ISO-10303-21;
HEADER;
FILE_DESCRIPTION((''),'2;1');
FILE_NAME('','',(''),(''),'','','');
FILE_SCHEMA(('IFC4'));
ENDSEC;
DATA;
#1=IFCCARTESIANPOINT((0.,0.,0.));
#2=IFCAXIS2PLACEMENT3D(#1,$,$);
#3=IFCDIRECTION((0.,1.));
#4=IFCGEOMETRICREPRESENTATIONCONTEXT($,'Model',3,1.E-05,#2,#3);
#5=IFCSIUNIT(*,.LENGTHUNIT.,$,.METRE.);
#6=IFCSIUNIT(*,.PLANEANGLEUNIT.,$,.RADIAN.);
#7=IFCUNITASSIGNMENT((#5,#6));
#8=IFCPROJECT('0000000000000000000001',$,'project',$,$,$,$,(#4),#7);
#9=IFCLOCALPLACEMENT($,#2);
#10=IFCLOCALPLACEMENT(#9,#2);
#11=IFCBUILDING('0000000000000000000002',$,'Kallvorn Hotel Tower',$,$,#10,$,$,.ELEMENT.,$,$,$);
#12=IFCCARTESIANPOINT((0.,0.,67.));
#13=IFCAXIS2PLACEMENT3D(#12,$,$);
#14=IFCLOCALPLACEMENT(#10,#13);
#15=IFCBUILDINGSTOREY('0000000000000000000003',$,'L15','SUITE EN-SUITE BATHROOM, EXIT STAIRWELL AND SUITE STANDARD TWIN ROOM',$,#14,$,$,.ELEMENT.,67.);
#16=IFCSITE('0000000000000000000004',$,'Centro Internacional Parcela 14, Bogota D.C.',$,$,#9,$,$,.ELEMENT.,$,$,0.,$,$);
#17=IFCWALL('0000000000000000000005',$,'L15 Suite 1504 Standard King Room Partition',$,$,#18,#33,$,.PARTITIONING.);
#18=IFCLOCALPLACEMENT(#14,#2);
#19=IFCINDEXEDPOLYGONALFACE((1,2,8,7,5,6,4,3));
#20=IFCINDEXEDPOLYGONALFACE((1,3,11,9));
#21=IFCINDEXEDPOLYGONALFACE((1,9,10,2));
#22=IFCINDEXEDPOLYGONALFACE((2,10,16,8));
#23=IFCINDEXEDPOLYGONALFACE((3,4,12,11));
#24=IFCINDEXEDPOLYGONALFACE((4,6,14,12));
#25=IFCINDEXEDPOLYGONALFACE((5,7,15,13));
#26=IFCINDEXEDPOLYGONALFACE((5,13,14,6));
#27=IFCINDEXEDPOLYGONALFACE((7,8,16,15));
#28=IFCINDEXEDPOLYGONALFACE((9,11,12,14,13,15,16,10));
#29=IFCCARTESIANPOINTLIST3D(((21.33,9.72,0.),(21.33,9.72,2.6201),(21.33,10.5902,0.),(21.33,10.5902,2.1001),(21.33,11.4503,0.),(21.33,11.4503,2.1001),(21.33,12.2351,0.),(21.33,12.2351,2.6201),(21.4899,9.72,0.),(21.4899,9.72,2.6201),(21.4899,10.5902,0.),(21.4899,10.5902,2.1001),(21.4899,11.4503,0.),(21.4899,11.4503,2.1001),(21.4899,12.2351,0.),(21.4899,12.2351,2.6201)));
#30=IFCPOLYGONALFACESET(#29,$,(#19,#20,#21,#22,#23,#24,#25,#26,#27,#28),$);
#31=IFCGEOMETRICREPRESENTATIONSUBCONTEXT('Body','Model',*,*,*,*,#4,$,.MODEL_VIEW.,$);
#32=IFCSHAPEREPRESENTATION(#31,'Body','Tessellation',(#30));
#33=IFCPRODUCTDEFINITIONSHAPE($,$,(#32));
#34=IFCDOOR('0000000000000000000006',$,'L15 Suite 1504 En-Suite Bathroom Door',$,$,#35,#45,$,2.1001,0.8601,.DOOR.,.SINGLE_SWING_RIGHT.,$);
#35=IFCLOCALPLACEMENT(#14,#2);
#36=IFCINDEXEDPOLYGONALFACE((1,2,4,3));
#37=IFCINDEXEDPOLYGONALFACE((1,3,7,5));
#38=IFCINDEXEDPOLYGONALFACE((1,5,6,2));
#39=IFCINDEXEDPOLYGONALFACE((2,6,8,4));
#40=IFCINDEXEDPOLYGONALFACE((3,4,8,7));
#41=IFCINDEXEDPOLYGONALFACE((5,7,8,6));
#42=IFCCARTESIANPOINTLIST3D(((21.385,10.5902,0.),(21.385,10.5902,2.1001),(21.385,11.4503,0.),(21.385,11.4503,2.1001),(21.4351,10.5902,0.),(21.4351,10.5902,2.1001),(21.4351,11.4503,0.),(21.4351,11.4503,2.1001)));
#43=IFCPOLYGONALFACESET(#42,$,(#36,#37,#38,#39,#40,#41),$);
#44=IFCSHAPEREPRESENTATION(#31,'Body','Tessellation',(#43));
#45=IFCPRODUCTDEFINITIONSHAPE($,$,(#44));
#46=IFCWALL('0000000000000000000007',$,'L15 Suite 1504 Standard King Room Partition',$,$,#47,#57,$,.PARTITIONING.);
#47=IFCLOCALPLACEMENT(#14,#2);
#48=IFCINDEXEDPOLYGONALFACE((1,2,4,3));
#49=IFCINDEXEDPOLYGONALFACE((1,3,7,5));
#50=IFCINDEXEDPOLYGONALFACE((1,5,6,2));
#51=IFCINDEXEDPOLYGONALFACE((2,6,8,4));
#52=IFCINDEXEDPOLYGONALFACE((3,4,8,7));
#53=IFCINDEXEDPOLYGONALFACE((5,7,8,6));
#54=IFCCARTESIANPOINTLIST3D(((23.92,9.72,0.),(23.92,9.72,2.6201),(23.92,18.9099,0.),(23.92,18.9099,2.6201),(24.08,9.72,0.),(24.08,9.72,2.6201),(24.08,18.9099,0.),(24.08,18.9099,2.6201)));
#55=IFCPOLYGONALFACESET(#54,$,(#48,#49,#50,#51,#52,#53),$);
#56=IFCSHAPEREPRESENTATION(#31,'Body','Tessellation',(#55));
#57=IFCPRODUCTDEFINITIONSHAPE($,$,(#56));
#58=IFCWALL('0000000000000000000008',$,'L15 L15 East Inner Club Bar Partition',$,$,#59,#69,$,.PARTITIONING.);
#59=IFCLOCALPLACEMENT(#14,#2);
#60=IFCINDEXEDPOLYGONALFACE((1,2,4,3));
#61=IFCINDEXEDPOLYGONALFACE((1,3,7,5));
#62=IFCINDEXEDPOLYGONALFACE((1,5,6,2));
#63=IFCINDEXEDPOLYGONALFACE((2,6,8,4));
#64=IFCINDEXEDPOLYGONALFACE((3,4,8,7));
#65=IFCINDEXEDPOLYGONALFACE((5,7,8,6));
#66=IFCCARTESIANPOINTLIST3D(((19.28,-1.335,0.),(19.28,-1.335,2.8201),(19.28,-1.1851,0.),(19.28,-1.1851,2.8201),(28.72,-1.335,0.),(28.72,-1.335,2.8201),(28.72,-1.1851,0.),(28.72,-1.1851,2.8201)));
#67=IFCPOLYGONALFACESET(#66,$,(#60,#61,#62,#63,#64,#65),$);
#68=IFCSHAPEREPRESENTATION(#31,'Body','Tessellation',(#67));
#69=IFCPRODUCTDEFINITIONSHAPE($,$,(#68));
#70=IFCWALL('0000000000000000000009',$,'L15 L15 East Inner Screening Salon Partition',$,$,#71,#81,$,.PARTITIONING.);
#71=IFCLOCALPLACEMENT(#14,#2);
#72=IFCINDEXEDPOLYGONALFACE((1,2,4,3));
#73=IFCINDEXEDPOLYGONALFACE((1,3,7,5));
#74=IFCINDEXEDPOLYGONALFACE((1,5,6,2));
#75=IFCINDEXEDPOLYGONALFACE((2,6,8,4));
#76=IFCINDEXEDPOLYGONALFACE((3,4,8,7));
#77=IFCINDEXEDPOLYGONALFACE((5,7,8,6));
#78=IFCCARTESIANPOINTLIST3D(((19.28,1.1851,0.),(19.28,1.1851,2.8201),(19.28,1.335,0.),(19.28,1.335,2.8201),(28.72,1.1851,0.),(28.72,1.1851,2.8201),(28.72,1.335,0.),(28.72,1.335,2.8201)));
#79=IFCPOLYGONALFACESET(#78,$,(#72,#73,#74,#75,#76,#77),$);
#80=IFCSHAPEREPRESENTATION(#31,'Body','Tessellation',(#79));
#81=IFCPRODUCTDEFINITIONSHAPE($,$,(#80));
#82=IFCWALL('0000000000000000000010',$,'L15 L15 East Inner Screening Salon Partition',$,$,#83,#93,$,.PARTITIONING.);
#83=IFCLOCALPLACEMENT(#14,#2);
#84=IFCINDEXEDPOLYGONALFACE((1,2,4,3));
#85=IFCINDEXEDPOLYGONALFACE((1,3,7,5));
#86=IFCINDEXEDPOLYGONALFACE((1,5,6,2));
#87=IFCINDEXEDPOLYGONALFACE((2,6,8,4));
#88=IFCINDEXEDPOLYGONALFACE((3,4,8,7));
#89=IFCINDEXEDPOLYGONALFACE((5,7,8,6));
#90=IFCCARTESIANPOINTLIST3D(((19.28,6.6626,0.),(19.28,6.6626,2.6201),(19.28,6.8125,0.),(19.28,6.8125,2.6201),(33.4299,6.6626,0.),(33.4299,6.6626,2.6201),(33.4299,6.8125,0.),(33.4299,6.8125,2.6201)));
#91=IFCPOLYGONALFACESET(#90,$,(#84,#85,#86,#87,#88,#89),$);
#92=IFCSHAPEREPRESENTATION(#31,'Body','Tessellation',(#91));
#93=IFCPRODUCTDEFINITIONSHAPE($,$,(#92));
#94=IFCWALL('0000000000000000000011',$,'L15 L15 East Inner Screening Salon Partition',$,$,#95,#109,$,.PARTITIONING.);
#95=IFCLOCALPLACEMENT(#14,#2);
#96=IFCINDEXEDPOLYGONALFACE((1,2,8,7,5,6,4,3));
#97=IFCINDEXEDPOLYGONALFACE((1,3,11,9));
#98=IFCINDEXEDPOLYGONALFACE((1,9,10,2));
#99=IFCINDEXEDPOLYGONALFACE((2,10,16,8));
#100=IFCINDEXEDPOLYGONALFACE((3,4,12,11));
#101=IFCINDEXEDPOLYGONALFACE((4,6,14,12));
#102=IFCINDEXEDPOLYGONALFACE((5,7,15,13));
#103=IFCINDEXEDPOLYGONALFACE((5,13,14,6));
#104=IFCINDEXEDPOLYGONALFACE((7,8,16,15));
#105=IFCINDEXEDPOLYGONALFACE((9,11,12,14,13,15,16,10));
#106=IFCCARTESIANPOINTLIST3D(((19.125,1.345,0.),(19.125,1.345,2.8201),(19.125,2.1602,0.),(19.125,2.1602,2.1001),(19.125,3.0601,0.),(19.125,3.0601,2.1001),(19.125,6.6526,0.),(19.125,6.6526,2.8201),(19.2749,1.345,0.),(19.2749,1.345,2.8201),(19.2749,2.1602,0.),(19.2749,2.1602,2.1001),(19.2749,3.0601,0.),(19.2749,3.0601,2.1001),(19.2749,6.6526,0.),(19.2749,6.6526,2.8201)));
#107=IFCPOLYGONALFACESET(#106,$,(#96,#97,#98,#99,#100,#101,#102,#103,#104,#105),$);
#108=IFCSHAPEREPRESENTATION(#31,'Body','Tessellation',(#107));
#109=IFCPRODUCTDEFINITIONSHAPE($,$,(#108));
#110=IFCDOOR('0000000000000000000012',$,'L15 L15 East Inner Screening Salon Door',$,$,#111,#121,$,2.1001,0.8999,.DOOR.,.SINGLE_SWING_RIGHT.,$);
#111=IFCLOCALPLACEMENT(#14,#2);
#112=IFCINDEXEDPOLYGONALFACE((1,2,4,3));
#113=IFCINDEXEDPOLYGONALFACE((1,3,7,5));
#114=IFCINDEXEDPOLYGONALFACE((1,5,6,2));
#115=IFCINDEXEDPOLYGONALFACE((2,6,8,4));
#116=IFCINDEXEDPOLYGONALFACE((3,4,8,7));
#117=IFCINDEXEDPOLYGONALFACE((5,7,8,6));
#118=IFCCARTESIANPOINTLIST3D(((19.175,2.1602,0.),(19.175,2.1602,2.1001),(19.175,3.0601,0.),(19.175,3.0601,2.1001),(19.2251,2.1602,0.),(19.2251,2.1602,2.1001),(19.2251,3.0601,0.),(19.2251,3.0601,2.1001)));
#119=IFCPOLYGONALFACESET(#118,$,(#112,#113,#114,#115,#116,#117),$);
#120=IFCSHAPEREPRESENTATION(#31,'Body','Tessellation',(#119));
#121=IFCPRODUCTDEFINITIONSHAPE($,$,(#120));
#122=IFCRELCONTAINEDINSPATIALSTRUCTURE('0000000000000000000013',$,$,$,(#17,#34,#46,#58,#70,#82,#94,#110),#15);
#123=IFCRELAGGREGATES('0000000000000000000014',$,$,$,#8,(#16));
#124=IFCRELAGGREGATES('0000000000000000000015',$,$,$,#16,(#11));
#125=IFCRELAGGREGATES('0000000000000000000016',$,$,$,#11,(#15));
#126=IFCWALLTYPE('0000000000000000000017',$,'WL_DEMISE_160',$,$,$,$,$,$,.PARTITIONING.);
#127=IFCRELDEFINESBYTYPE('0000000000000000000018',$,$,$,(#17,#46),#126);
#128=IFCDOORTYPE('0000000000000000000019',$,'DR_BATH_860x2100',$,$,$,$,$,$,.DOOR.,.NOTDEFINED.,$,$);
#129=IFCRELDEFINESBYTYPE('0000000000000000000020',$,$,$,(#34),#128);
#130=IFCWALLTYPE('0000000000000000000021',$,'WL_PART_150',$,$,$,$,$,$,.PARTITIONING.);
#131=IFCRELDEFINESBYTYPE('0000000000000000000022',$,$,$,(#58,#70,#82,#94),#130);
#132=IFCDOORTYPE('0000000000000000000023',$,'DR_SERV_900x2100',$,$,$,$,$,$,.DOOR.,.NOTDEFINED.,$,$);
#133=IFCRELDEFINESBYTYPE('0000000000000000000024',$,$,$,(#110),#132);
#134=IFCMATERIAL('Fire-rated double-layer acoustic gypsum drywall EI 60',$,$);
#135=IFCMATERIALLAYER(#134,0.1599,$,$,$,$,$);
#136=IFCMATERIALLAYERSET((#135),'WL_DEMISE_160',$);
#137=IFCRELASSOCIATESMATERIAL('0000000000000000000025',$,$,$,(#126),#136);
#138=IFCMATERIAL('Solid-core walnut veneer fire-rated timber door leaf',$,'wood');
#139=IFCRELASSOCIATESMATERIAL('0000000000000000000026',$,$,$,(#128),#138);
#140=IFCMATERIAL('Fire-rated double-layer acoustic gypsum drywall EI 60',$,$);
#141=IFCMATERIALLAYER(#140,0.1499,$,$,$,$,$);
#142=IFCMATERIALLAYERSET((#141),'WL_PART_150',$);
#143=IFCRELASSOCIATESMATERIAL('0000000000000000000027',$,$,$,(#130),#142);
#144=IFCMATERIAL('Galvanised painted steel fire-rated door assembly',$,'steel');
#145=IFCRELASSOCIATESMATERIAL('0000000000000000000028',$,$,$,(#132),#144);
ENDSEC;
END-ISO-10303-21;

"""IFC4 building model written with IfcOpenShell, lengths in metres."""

from ifc_helpers import new_model, si_unit, direction, frame, frame_2d, origin, place, context, subcontext, project, spatial, rectangle, extrude, material, layer, layer_set, type_object, element, fill, save


model = new_model("IFC4")

# Units and contexts
model_context = context("Model", 3, precision=1e-05, world=origin(), true_north=direction((0.0, 1.0)))
body_context = subcontext(model_context, "Body", "Model", "MODEL_VIEW")
ifc_project = project(units=[si_unit("LENGTHUNIT", "METRE"), si_unit("PLANEANGLEUNIT", "RADIAN")], contexts=[model_context])

# Site, building, storey
site_placement = place(None, origin())
site = spatial("IfcSite", under=ifc_project, at=site_placement, Name="Centro Internacional Parcela 14, Bogota D.C.", CompositionType="ELEMENT", RefElevation=0.0)
building_placement = place(site_placement, origin())
building = spatial("IfcBuilding", under=site, at=building_placement, Name="Kallvorn Hotel Tower", CompositionType="ELEMENT")
storey_placement = place(building_placement, frame((0.0, 0.0, 67.0)))
storey = spatial("IfcBuildingStorey", under=building, at=storey_placement, Name="L15", Description="SUITE EN-SUITE BATHROOM, EXIT STAIRWELL AND SUITE STANDARD TWIN ROOM", CompositionType="ELEMENT", Elevation=67.0)

# Shared definitions
ifc_material_1 = material(Name="Fire-rated double-layer acoustic gypsum drywall EI 60")
ifc_layer_1 = layer(ifc_material_1, 0.1599)
ifc_layer_set_1 = layer_set([ifc_layer_1], Name="WL_DEMISE_160")
wall_type_1 = type_object("IfcWallType", Name="WL_DEMISE_160", PredefinedType="PARTITIONING", material=ifc_layer_set_1)

# Wall, opening, door
wall_1_placement = place(storey_placement, frame((21.4099, 9.72, 0.0), z_axis=(0.0, 0.0, 1.0), x_axis=(0.0, 1.0, 0.0)))
wall_1 = element("IfcWall", 1, at=wall_1_placement, inside=storey, type_object=wall_type_1, Name="L15 Suite 1504 Standard King Room Partition", PredefinedType="PARTITIONING", context=body_context, shape_type="SweptSolid", body=[
    extrude(rectangle(XDim=2.5151, YDim=0.1599, at=frame_2d((1.2576, 0.0))), origin(), (0.0, 0.0, 1.0), 2.6201),
])
opening_1_placement = place(wall_1_placement, frame((0.8701, 0.0, 0.0)))
opening_1 = element("IfcOpeningElement", 2, at=opening_1_placement, cuts=wall_1, PredefinedType="OPENING", context=body_context, shape_type="SweptSolid", body=[
    extrude(rectangle(XDim=0.8601, YDim=2.1001, at=frame_2d((0.4302, 1.05))), frame((0.0, 0.095, 0.0), z_axis=(0.0, -1.0, 0.0), x_axis=(1.0, 0.0, 0.0)), (0.0, 0.0, 1.0), 0.1899),
])
ifc_material_2 = material(Name="Solid-core walnut veneer fire-rated timber door leaf", Category="wood")
door_type_1 = type_object("IfcDoorType", Name="DR_BATH_860x2100", OperationType="NOTDEFINED", PredefinedType="DOOR", material=ifc_material_2)
door_1_placement = place(opening_1_placement, origin())
door_1 = element("IfcDoor", 3, at=door_1_placement, inside=storey, type_object=door_type_1, Name="L15 Suite 1504 En-Suite Bathroom Door", OperationType="SINGLE_SWING_RIGHT", OverallHeight=2.1001, OverallWidth=0.8601, PredefinedType="DOOR", context=body_context, shape_type="SweptSolid", body=[
    extrude(rectangle(XDim=0.8601, YDim=2.1001, at=frame_2d((0.4302, 1.05))), frame((0.0, 0.0249, 0.0), z_axis=(0.0, -1.0, 0.0), x_axis=(1.0, 0.0, 0.0)), (0.0, 0.0, 1.0), 0.05),
])
fill(opening_1, door_1)

# Walls
wall_2_placement = place(storey_placement, frame((24.0, 9.72, 0.0), z_axis=(0.0, 0.0, 1.0), x_axis=(0.0, 1.0, 0.0)))
element("IfcWall", 4, at=wall_2_placement, inside=storey, type_object=wall_type_1, Name="L15 Suite 1504 Standard King Room Partition", PredefinedType="PARTITIONING", context=body_context, shape_type="SweptSolid", body=[
    extrude(rectangle(XDim=9.1899, YDim=0.1599, at=frame_2d((4.595, 0.0))), origin(), (0.0, 0.0, 1.0), 2.6201),
])
ifc_material_3 = material(Name="Fire-rated double-layer acoustic gypsum drywall EI 60")
ifc_layer_2 = layer(ifc_material_3, 0.1499)
ifc_layer_set_2 = layer_set([ifc_layer_2], Name="WL_PART_150")
wall_type_2 = type_object("IfcWallType", Name="WL_PART_150", PredefinedType="PARTITIONING", material=ifc_layer_set_2)
for number, where, z_axis, x_axis, name in (
    (5, (19.28, -1.26, 0.0), (0.0, 0.0, 1.0), (1.0, 0.0, 0.0), "L15 L15 East Inner Club Bar Partition"),
    (6, (19.28, 1.26, 0.0), (0.0, 0.0, 1.0), (1.0, 0.0, 0.0), "L15 L15 East Inner Screening Salon Partition"),
):
    element("IfcWall", number, at=place(storey_placement, frame(where, z_axis=z_axis, x_axis=x_axis)), inside=storey, type_object=wall_type_2, Name=name, PredefinedType="PARTITIONING", context=body_context, shape_type="SweptSolid", body=[
        extrude(rectangle(XDim=9.4399, YDim=0.1499, at=frame_2d((4.72, 0.0))), origin(), (0.0, 0.0, 1.0), 2.8201),
    ])
wall_3_placement = place(storey_placement, frame((19.28, 6.7375, 0.0), z_axis=(0.0, 0.0, 1.0), x_axis=(1.0, 0.0, 0.0)))
element("IfcWall", 7, at=wall_3_placement, inside=storey, type_object=wall_type_2, Name="L15 L15 East Inner Screening Salon Partition", PredefinedType="PARTITIONING", context=body_context, shape_type="SweptSolid", body=[
    extrude(rectangle(XDim=14.1499, YDim=0.1499, at=frame_2d((7.075, 0.0))), origin(), (0.0, 0.0, 1.0), 2.6201),
])

# Wall, opening, door
wall_4_placement = place(storey_placement, frame((19.2, 1.345, 0.0), z_axis=(0.0, 0.0, 1.0), x_axis=(0.0, 1.0, 0.0)))
wall_4 = element("IfcWall", 8, at=wall_4_placement, inside=storey, type_object=wall_type_2, Name="L15 L15 East Inner Screening Salon Partition", PredefinedType="PARTITIONING", context=body_context, shape_type="SweptSolid", body=[
    extrude(rectangle(XDim=5.3076, YDim=0.1499, at=frame_2d((2.6538, 0.0))), origin(), (0.0, 0.0, 1.0), 2.8201),
])
opening_2_placement = place(wall_4_placement, frame((0.8152, 0.0, 0.0)))
opening_2 = element("IfcOpeningElement", 9, at=opening_2_placement, cuts=wall_4, PredefinedType="OPENING", context=body_context, shape_type="SweptSolid", body=[
    extrude(rectangle(XDim=0.8999, YDim=2.1001, at=frame_2d((0.45, 1.05))), frame((0.0, 0.0898, 0.0), z_axis=(0.0, -1.0, 0.0), x_axis=(1.0, 0.0, 0.0)), (0.0, 0.0, 1.0), 0.1799),
])
ifc_material_4 = material(Name="Galvanised painted steel fire-rated door assembly", Category="steel")
door_type_2 = type_object("IfcDoorType", Name="DR_SERV_900x2100", OperationType="NOTDEFINED", PredefinedType="DOOR", material=ifc_material_4)
door_2_placement = place(opening_2_placement, origin())
door_2 = element("IfcDoor", 10, at=door_2_placement, inside=storey, type_object=door_type_2, Name="L15 L15 East Inner Screening Salon Door", OperationType="SINGLE_SWING_RIGHT", OverallHeight=2.1001, OverallWidth=0.8999, PredefinedType="DOOR", context=body_context, shape_type="SweptSolid", body=[
    extrude(rectangle(XDim=0.8999, YDim=2.1001, at=frame_2d((0.45, 1.05))), frame((0.0, 0.0249, 0.0), z_axis=(0.0, -1.0, 0.0), x_axis=(1.0, 0.0, 0.0)), (0.0, 0.0, 1.0), 0.05),
])
fill(opening_2, door_2)

save(model, "model.ifc")
